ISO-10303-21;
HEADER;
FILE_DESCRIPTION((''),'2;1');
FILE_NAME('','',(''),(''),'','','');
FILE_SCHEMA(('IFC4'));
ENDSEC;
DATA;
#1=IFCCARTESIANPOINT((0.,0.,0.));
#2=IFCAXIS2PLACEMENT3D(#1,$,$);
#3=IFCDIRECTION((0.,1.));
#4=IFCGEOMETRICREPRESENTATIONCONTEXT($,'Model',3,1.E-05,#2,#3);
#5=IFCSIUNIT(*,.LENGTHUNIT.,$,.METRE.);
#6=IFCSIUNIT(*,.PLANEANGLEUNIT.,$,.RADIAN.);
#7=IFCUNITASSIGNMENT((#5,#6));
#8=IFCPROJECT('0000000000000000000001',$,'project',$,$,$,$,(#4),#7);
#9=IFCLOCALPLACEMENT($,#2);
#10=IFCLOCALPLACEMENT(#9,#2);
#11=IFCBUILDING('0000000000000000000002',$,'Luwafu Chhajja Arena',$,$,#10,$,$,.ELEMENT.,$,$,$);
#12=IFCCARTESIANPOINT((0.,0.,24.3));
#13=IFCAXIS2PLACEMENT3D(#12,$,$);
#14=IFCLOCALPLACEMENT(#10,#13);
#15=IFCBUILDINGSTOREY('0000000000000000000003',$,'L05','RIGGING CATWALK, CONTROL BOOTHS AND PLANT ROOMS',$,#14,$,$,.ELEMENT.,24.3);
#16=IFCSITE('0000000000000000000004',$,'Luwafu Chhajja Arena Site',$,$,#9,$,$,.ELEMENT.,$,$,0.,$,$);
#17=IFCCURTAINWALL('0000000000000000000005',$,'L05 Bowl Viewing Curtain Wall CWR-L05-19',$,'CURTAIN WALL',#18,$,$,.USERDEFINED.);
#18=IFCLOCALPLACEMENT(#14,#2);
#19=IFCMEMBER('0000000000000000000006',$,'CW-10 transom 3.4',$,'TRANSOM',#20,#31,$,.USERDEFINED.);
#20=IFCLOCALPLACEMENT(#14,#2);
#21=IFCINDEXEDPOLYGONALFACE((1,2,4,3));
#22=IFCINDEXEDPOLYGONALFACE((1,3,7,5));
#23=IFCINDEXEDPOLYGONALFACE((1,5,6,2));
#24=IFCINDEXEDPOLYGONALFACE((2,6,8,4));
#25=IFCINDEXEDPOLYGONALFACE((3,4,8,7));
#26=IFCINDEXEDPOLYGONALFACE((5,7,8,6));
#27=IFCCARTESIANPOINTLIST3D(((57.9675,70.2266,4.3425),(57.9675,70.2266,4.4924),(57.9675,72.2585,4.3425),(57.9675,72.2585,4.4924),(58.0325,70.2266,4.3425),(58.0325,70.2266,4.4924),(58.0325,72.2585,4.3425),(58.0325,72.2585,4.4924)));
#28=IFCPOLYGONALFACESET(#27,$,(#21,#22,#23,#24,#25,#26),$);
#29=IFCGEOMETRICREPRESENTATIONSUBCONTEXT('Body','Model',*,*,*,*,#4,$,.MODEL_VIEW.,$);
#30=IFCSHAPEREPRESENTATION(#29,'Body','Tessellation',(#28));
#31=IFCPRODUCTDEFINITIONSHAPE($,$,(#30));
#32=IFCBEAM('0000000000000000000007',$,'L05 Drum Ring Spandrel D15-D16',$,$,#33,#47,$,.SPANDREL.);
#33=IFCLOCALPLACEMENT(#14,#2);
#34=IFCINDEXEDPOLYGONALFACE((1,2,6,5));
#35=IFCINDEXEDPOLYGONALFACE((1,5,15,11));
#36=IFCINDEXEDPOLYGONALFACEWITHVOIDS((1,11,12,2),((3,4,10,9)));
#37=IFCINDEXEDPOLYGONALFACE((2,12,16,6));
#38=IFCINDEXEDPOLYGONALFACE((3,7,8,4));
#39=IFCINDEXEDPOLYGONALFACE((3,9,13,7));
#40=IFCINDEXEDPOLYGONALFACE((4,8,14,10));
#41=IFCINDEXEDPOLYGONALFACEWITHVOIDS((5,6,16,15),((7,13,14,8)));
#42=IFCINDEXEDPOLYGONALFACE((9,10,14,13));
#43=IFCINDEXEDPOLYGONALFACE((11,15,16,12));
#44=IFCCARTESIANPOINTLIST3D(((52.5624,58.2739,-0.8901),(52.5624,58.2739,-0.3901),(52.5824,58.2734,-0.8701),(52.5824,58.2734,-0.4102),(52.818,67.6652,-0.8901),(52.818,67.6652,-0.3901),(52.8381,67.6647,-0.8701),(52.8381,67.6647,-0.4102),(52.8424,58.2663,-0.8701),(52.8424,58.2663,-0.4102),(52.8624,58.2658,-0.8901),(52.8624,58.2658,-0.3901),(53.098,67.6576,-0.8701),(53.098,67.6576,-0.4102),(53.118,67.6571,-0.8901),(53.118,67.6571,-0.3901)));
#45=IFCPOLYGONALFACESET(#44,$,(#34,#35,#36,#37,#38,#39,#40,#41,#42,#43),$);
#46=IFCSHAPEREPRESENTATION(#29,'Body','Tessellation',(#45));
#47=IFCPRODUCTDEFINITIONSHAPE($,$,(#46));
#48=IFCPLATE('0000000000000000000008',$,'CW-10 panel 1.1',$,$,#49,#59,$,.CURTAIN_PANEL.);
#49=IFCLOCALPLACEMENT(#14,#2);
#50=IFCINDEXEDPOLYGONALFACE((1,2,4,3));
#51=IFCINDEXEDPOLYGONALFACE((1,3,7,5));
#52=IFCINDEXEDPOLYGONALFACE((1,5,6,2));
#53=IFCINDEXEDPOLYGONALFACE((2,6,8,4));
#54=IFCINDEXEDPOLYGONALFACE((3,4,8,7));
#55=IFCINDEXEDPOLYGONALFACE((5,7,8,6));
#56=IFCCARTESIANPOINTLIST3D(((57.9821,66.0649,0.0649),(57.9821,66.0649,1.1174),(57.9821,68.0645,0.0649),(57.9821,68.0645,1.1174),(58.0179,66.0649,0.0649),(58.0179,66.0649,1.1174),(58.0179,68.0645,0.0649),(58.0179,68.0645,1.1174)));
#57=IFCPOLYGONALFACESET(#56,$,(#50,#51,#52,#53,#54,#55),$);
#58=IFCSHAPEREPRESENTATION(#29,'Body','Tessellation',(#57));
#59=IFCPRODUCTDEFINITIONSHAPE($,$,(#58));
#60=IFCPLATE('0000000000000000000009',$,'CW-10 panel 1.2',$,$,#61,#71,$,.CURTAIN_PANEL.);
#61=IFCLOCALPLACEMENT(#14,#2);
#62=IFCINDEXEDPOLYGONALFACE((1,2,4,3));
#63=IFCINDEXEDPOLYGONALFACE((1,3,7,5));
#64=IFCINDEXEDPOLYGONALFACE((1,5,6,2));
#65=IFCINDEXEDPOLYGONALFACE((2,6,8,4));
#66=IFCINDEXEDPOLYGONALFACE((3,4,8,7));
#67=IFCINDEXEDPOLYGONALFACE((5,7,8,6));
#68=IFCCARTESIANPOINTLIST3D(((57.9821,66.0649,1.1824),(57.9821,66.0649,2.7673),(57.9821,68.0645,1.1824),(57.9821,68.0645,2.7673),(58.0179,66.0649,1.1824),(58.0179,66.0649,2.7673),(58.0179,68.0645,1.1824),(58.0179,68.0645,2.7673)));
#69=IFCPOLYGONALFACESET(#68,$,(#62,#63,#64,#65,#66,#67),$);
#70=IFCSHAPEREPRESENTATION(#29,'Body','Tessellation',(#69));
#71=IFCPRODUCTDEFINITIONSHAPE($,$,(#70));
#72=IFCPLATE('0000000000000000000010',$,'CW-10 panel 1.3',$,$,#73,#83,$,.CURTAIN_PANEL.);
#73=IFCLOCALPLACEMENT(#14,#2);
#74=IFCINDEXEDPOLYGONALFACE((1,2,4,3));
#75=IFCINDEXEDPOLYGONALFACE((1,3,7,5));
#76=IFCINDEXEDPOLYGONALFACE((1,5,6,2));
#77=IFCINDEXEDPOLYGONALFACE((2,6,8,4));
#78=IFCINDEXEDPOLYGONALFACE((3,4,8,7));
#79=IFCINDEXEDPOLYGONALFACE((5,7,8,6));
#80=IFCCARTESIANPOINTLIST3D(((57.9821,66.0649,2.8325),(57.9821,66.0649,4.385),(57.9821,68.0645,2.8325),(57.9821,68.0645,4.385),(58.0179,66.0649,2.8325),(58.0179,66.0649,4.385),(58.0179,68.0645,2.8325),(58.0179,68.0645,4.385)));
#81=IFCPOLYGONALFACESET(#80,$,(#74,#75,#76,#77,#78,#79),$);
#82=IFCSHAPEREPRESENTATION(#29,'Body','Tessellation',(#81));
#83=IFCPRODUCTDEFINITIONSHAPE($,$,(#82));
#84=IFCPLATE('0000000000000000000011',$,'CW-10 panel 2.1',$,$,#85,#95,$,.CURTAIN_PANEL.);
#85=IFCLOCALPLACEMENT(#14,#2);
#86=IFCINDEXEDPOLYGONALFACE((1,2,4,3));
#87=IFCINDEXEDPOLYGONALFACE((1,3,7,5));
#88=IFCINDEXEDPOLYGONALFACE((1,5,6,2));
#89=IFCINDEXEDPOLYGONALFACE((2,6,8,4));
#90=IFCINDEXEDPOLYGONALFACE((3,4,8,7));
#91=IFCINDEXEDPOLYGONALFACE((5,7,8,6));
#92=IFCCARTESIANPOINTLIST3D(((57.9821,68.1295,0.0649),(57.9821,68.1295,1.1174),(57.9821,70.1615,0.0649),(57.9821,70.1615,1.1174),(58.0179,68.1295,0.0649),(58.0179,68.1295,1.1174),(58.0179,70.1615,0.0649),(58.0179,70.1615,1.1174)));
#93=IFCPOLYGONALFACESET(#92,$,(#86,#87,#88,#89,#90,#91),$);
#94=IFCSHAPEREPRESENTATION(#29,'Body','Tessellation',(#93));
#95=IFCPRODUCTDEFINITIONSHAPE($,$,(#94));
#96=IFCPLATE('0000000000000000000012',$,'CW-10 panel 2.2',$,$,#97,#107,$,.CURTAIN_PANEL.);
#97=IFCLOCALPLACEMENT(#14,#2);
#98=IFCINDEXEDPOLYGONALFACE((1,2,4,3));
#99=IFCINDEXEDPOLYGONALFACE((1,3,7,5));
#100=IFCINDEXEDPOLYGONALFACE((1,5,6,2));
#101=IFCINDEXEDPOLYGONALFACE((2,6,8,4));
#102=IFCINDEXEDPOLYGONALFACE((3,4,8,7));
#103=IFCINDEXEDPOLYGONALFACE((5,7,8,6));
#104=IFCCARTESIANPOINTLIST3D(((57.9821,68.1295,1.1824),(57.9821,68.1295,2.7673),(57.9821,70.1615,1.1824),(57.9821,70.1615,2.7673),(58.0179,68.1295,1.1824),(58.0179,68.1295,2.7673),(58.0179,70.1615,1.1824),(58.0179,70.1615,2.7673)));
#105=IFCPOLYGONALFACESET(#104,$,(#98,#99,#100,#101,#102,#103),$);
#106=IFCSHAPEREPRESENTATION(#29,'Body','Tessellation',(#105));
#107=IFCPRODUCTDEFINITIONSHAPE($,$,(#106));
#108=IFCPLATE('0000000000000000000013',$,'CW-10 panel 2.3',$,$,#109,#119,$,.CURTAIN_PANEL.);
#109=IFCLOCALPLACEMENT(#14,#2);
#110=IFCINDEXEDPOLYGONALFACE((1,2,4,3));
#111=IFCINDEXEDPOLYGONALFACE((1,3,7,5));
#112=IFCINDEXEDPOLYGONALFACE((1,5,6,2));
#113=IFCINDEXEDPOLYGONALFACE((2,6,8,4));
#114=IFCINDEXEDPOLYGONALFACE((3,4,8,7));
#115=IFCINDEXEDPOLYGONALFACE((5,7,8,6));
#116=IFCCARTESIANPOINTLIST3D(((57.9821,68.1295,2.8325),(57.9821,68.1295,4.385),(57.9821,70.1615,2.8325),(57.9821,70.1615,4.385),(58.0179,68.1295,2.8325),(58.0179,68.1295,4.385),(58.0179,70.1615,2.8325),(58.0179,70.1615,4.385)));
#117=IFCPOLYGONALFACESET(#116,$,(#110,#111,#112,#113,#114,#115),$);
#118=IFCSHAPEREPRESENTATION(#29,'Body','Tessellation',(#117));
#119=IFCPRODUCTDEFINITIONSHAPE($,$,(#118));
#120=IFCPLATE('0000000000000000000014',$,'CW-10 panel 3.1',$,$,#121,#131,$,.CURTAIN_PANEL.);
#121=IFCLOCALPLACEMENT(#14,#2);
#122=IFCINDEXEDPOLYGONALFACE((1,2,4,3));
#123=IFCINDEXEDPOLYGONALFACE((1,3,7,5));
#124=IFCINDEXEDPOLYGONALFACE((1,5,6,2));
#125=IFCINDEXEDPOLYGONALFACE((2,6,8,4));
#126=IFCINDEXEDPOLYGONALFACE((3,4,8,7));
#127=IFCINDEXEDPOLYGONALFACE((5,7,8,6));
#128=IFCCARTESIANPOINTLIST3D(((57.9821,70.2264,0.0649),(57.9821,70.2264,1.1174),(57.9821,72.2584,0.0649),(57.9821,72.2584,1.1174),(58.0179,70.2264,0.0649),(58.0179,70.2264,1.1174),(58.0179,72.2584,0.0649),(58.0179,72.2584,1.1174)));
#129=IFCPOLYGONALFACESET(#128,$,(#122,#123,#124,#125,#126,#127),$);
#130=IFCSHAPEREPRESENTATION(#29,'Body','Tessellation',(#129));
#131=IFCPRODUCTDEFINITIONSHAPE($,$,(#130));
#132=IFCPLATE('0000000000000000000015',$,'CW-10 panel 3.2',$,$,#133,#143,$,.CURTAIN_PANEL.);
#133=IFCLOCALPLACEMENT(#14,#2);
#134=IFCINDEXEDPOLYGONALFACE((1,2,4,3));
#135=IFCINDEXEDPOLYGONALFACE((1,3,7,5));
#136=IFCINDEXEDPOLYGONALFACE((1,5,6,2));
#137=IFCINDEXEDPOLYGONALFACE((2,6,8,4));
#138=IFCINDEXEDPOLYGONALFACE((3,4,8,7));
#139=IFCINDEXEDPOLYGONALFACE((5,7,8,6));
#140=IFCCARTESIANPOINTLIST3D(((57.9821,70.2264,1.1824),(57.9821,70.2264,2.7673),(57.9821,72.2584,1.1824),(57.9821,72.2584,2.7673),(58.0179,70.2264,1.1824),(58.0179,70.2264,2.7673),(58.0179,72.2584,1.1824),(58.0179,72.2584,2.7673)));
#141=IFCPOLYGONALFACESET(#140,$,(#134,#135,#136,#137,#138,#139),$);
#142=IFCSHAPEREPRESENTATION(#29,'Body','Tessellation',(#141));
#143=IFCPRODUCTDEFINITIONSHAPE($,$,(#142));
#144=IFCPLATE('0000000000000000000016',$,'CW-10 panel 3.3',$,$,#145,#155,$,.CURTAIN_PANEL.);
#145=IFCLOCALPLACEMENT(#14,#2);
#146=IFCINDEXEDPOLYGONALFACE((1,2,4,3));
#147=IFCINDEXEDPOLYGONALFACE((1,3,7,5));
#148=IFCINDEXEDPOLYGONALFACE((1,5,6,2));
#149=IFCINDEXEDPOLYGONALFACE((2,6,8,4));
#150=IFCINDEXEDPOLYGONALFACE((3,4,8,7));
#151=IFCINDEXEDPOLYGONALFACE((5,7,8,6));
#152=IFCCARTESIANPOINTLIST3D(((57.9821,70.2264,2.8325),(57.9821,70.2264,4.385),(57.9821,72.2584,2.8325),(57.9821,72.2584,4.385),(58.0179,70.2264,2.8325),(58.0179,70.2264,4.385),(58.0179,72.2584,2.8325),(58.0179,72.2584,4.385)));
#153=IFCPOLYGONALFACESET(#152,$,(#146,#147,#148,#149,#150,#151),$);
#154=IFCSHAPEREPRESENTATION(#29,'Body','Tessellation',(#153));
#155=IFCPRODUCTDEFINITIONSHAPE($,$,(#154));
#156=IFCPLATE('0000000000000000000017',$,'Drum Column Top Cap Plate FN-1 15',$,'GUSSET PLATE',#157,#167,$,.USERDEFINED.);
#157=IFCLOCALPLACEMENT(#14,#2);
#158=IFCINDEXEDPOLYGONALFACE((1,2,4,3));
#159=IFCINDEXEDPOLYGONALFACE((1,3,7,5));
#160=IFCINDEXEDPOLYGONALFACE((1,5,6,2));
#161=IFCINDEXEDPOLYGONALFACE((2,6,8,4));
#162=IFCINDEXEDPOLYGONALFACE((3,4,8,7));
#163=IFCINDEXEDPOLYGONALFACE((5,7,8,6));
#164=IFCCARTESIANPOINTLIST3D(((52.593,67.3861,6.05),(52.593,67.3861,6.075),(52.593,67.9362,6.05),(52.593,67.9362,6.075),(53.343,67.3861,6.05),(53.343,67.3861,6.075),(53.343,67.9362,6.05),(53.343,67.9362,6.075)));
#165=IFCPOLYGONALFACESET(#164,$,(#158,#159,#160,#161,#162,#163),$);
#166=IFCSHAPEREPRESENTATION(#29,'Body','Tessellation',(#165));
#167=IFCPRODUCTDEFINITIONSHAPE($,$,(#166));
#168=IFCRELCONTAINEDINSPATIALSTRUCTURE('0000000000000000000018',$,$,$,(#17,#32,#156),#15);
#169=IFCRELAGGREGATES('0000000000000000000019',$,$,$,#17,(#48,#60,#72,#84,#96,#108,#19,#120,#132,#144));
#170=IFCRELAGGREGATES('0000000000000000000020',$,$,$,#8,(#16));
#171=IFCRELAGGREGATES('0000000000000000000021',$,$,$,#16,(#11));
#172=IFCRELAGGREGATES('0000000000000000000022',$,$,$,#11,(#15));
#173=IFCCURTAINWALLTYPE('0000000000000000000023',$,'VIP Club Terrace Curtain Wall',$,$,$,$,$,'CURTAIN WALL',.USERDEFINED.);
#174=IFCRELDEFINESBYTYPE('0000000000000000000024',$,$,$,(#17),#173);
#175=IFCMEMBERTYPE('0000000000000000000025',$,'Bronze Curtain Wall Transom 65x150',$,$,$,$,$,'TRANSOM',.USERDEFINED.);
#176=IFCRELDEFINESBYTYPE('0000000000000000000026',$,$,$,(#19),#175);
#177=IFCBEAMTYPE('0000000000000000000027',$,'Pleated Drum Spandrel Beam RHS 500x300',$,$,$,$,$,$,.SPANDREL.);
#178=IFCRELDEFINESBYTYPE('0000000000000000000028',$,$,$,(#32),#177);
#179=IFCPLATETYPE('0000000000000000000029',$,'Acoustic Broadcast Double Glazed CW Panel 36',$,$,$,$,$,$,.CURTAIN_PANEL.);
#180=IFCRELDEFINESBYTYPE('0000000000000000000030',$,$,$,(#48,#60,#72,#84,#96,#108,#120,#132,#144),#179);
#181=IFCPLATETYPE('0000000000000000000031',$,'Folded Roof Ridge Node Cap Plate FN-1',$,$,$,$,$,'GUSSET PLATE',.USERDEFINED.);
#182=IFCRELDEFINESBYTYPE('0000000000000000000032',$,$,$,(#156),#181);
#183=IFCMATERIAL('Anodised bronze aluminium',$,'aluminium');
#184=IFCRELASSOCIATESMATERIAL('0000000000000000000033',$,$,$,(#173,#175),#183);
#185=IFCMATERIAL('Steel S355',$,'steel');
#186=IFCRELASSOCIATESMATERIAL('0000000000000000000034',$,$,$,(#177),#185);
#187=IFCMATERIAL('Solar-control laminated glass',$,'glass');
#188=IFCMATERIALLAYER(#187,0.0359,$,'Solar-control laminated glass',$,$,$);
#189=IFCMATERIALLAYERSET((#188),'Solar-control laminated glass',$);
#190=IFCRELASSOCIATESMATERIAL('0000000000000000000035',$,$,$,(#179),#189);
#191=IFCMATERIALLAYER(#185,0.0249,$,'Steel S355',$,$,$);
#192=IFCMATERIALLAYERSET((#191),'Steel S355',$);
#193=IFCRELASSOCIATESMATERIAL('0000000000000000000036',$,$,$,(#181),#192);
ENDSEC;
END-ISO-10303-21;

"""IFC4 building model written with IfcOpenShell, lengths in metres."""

from ifc_helpers import new_model, si_unit, direction, frame, origin, origin_2d, place, context, subcontext, project, spatial, rectangle, hollow_rectangle, extrude, material, layer, layer_set, material_profile, profile_set, type_object, element, aggregate, save


model = new_model("IFC4")

# Units and contexts
model_context = context("Model", 3, precision=1e-05, world=origin(), true_north=direction((0.0, 1.0)))
body_context = subcontext(model_context, "Body", "Model", "MODEL_VIEW")
ifc_project = project(units=[si_unit("LENGTHUNIT", "METRE"), si_unit("PLANEANGLEUNIT", "RADIAN")], contexts=[model_context])

# Site, building, storey
site_placement = place(None, origin())
site = spatial("IfcSite", under=ifc_project, at=site_placement, Name="Luwafu Chhajja Arena Site", CompositionType="ELEMENT", RefElevation=0.0)
building_placement = place(site_placement, origin())
building = spatial("IfcBuilding", under=site, at=building_placement, Name="Luwafu Chhajja Arena", CompositionType="ELEMENT")
storey_placement = place(building_placement, frame((0.0, 0.0, 24.3)))
storey = spatial("IfcBuildingStorey", under=building, at=storey_placement, Name="L05", Description="RIGGING CATWALK, CONTROL BOOTHS AND PLANT ROOMS", CompositionType="ELEMENT", Elevation=24.3)

# Shared definitions
ifc_material_1 = material(Name="Steel S355", Category="steel")

# Curtain wall, member
ifc_material_2 = material(Name="Anodised bronze aluminium", Category="aluminium")
curtain_wall_type = type_object("IfcCurtainWallType", Name="VIP Club Terrace Curtain Wall", ElementType="CURTAIN WALL", PredefinedType="USERDEFINED", material=ifc_material_2)
curtain_wall_placement = place(storey_placement, origin())
curtain_wall = element("IfcCurtainWall", 1, at=curtain_wall_placement, inside=storey, type_object=curtain_wall_type, Name="L05 Bowl Viewing Curtain Wall CWR-L05-19", ObjectType="CURTAIN WALL", PredefinedType="USERDEFINED")
ifc_material_profile_1 = material_profile(ifc_material_2, rectangle(XDim=0.0649, YDim=0.1499, at=origin_2d()), Name="CWT 65x150")
ifc_profile_set_1 = profile_set([ifc_material_profile_1], Name="Anodised bronze aluminium")
member_type_1 = type_object("IfcMemberType", Name="Bronze Curtain Wall Transom 65x150", ElementType="TRANSOM", PredefinedType="USERDEFINED", material=ifc_profile_set_1)
member_1_placement = place(storey_placement, frame((58.0, 70.2266, 4.4175), z_axis=(0.0, 1.0, 0.0), x_axis=(-1.0, 0.0, 0.0)))
member_1 = element("IfcMember", 2, at=member_1_placement, type_object=member_type_1, Name="CW-10 transom 3.4", ObjectType="TRANSOM", PredefinedType="USERDEFINED", context=body_context, shape_type="SweptSolid", body=[
    extrude(rectangle(XDim=0.0649, YDim=0.1499, at=origin_2d()), origin(), (0.0, 0.0, 1.0), 2.032),
])

# Beam
ifc_material_profile_2 = material_profile(ifc_material_1, hollow_rectangle(XDim=0.3, YDim=0.5, WallThickness=0.02, at=origin_2d()), Name="RHS 500x300x20")
ifc_profile_set_2 = profile_set([ifc_material_profile_2], Name="Steel S355")
beam_type = type_object("IfcBeamType", Name="Pleated Drum Spandrel Beam RHS 500x300", PredefinedType="SPANDREL", material=ifc_profile_set_2)
beam_placement = place(storey_placement, frame((52.968, 67.6611, -0.6401), z_axis=(-0.027208, -0.99963, 0.0), x_axis=(0.99963, -0.027208, 0.0)))
element("IfcBeam", 3, at=beam_placement, inside=storey, type_object=beam_type, Name="L05 Drum Ring Spandrel D15-D16", PredefinedType="SPANDREL", context=body_context, shape_type="SweptSolid", body=[
    extrude(hollow_rectangle(XDim=0.3, YDim=0.5, WallThickness=0.02, at=origin_2d()), origin(), (0.0, 0.0, 1.0), 9.3948),
])

# Plates
ifc_material_3 = material(Name="Solar-control laminated glass", Category="glass")
ifc_layer_1 = layer(ifc_material_3, 0.0359, Name="Solar-control laminated glass")
ifc_layer_set_1 = layer_set([ifc_layer_1], Name="Solar-control laminated glass")
plate_type_1 = type_object("IfcPlateType", Name="Acoustic Broadcast Double Glazed CW Panel 36", PredefinedType="CURTAIN_PANEL", material=ifc_layer_set_1)
plate_1_placement = place(storey_placement, frame((58.0, 67.0647, 0.0649), z_axis=(0.0, 0.0, 1.0), x_axis=(0.0, 1.0, 0.0)))
plate_1 = element("IfcPlate", 4, at=plate_1_placement, type_object=plate_type_1, Name="CW-10 panel 1.1", PredefinedType="CURTAIN_PANEL", context=body_context, shape_type="SweptSolid", body=[
    extrude(rectangle(XDim=1.9995, YDim=0.0359, at=origin_2d()), origin(), (0.0, 0.0, 1.0), 1.0525),
])
plate_2_placement = place(storey_placement, frame((58.0, 67.0647, 1.1824), z_axis=(0.0, 0.0, 1.0), x_axis=(0.0, 1.0, 0.0)))
plate_2 = element("IfcPlate", 5, at=plate_2_placement, type_object=plate_type_1, Name="CW-10 panel 1.2", PredefinedType="CURTAIN_PANEL", context=body_context, shape_type="SweptSolid", body=[
    extrude(rectangle(XDim=1.9995, YDim=0.0359, at=origin_2d()), origin(), (0.0, 0.0, 1.0), 1.585),
])
plate_3_placement = place(storey_placement, frame((58.0, 67.0647, 2.8325), z_axis=(0.0, 0.0, 1.0), x_axis=(0.0, 1.0, 0.0)))
plate_3 = element("IfcPlate", 6, at=plate_3_placement, type_object=plate_type_1, Name="CW-10 panel 1.3", PredefinedType="CURTAIN_PANEL", context=body_context, shape_type="SweptSolid", body=[
    extrude(rectangle(XDim=1.9995, YDim=0.0359, at=origin_2d()), origin(), (0.0, 0.0, 1.0), 1.5525),
])
plate_4_placement = place(storey_placement, frame((58.0, 69.1455, 0.0649), z_axis=(0.0, 0.0, 1.0), x_axis=(0.0, 1.0, 0.0)))
plate_4 = element("IfcPlate", 7, at=plate_4_placement, type_object=plate_type_1, Name="CW-10 panel 2.1", PredefinedType="CURTAIN_PANEL", context=body_context, shape_type="SweptSolid", body=[
    extrude(rectangle(XDim=2.032, YDim=0.0359, at=origin_2d()), origin(), (0.0, 0.0, 1.0), 1.0525),
])
plate_5_placement = place(storey_placement, frame((58.0, 69.1455, 1.1824), z_axis=(0.0, 0.0, 1.0), x_axis=(0.0, 1.0, 0.0)))
plate_5 = element("IfcPlate", 8, at=plate_5_placement, type_object=plate_type_1, Name="CW-10 panel 2.2", PredefinedType="CURTAIN_PANEL", context=body_context, shape_type="SweptSolid", body=[
    extrude(rectangle(XDim=2.032, YDim=0.0359, at=origin_2d()), origin(), (0.0, 0.0, 1.0), 1.585),
])
plate_6_placement = place(storey_placement, frame((58.0, 69.1455, 2.8325), z_axis=(0.0, 0.0, 1.0), x_axis=(0.0, 1.0, 0.0)))
plate_6 = element("IfcPlate", 9, at=plate_6_placement, type_object=plate_type_1, Name="CW-10 panel 2.3", PredefinedType="CURTAIN_PANEL", context=body_context, shape_type="SweptSolid", body=[
    extrude(rectangle(XDim=2.032, YDim=0.0359, at=origin_2d()), origin(), (0.0, 0.0, 1.0), 1.5525),
])
plate_7_placement = place(storey_placement, frame((58.0, 71.2424, 0.0649), z_axis=(0.0, 0.0, 1.0), x_axis=(0.0, 1.0, 0.0)))
plate_7 = element("IfcPlate", 10, at=plate_7_placement, type_object=plate_type_1, Name="CW-10 panel 3.1", PredefinedType="CURTAIN_PANEL", context=body_context, shape_type="SweptSolid", body=[
    extrude(rectangle(XDim=2.032, YDim=0.0359, at=origin_2d()), origin(), (0.0, 0.0, 1.0), 1.0525),
])
plate_8_placement = place(storey_placement, frame((58.0, 71.2424, 1.1824), z_axis=(0.0, 0.0, 1.0), x_axis=(0.0, 1.0, 0.0)))
plate_8 = element("IfcPlate", 11, at=plate_8_placement, type_object=plate_type_1, Name="CW-10 panel 3.2", PredefinedType="CURTAIN_PANEL", context=body_context, shape_type="SweptSolid", body=[
    extrude(rectangle(XDim=2.032, YDim=0.0359, at=origin_2d()), origin(), (0.0, 0.0, 1.0), 1.585),
])
plate_9_placement = place(storey_placement, frame((58.0, 71.2424, 2.8325), z_axis=(0.0, 0.0, 1.0), x_axis=(0.0, 1.0, 0.0)))
plate_9 = element("IfcPlate", 12, at=plate_9_placement, type_object=plate_type_1, Name="CW-10 panel 3.3", PredefinedType="CURTAIN_PANEL", context=body_context, shape_type="SweptSolid", body=[
    extrude(rectangle(XDim=2.032, YDim=0.0359, at=origin_2d()), origin(), (0.0, 0.0, 1.0), 1.5525),
])
aggregate(curtain_wall, [plate_1, plate_2, plate_3, plate_4, plate_5, plate_6, member_1, plate_7, plate_8, plate_9])
ifc_layer_2 = layer(ifc_material_1, 0.0249, Name="Steel S355")
ifc_layer_set_2 = layer_set([ifc_layer_2], Name="Steel S355")
plate_type_2 = type_object("IfcPlateType", Name="Folded Roof Ridge Node Cap Plate FN-1", ElementType="GUSSET PLATE", PredefinedType="USERDEFINED", material=ifc_layer_set_2)
plate_10_placement = place(storey_placement, frame((52.968, 67.6611, 6.05), z_axis=(0.0, 0.0, 1.0), x_axis=(1.0, 0.0, 0.0)))
element("IfcPlate", 13, at=plate_10_placement, inside=storey, type_object=plate_type_2, Name="Drum Column Top Cap Plate FN-1 15", ObjectType="GUSSET PLATE", PredefinedType="USERDEFINED", context=body_context, shape_type="SweptSolid", body=[
    extrude(rectangle(XDim=0.75, YDim=0.55, at=origin_2d()), origin(), (0.0, 0.0, 1.0), 0.0249),
])

save(model, "model.ifc")
